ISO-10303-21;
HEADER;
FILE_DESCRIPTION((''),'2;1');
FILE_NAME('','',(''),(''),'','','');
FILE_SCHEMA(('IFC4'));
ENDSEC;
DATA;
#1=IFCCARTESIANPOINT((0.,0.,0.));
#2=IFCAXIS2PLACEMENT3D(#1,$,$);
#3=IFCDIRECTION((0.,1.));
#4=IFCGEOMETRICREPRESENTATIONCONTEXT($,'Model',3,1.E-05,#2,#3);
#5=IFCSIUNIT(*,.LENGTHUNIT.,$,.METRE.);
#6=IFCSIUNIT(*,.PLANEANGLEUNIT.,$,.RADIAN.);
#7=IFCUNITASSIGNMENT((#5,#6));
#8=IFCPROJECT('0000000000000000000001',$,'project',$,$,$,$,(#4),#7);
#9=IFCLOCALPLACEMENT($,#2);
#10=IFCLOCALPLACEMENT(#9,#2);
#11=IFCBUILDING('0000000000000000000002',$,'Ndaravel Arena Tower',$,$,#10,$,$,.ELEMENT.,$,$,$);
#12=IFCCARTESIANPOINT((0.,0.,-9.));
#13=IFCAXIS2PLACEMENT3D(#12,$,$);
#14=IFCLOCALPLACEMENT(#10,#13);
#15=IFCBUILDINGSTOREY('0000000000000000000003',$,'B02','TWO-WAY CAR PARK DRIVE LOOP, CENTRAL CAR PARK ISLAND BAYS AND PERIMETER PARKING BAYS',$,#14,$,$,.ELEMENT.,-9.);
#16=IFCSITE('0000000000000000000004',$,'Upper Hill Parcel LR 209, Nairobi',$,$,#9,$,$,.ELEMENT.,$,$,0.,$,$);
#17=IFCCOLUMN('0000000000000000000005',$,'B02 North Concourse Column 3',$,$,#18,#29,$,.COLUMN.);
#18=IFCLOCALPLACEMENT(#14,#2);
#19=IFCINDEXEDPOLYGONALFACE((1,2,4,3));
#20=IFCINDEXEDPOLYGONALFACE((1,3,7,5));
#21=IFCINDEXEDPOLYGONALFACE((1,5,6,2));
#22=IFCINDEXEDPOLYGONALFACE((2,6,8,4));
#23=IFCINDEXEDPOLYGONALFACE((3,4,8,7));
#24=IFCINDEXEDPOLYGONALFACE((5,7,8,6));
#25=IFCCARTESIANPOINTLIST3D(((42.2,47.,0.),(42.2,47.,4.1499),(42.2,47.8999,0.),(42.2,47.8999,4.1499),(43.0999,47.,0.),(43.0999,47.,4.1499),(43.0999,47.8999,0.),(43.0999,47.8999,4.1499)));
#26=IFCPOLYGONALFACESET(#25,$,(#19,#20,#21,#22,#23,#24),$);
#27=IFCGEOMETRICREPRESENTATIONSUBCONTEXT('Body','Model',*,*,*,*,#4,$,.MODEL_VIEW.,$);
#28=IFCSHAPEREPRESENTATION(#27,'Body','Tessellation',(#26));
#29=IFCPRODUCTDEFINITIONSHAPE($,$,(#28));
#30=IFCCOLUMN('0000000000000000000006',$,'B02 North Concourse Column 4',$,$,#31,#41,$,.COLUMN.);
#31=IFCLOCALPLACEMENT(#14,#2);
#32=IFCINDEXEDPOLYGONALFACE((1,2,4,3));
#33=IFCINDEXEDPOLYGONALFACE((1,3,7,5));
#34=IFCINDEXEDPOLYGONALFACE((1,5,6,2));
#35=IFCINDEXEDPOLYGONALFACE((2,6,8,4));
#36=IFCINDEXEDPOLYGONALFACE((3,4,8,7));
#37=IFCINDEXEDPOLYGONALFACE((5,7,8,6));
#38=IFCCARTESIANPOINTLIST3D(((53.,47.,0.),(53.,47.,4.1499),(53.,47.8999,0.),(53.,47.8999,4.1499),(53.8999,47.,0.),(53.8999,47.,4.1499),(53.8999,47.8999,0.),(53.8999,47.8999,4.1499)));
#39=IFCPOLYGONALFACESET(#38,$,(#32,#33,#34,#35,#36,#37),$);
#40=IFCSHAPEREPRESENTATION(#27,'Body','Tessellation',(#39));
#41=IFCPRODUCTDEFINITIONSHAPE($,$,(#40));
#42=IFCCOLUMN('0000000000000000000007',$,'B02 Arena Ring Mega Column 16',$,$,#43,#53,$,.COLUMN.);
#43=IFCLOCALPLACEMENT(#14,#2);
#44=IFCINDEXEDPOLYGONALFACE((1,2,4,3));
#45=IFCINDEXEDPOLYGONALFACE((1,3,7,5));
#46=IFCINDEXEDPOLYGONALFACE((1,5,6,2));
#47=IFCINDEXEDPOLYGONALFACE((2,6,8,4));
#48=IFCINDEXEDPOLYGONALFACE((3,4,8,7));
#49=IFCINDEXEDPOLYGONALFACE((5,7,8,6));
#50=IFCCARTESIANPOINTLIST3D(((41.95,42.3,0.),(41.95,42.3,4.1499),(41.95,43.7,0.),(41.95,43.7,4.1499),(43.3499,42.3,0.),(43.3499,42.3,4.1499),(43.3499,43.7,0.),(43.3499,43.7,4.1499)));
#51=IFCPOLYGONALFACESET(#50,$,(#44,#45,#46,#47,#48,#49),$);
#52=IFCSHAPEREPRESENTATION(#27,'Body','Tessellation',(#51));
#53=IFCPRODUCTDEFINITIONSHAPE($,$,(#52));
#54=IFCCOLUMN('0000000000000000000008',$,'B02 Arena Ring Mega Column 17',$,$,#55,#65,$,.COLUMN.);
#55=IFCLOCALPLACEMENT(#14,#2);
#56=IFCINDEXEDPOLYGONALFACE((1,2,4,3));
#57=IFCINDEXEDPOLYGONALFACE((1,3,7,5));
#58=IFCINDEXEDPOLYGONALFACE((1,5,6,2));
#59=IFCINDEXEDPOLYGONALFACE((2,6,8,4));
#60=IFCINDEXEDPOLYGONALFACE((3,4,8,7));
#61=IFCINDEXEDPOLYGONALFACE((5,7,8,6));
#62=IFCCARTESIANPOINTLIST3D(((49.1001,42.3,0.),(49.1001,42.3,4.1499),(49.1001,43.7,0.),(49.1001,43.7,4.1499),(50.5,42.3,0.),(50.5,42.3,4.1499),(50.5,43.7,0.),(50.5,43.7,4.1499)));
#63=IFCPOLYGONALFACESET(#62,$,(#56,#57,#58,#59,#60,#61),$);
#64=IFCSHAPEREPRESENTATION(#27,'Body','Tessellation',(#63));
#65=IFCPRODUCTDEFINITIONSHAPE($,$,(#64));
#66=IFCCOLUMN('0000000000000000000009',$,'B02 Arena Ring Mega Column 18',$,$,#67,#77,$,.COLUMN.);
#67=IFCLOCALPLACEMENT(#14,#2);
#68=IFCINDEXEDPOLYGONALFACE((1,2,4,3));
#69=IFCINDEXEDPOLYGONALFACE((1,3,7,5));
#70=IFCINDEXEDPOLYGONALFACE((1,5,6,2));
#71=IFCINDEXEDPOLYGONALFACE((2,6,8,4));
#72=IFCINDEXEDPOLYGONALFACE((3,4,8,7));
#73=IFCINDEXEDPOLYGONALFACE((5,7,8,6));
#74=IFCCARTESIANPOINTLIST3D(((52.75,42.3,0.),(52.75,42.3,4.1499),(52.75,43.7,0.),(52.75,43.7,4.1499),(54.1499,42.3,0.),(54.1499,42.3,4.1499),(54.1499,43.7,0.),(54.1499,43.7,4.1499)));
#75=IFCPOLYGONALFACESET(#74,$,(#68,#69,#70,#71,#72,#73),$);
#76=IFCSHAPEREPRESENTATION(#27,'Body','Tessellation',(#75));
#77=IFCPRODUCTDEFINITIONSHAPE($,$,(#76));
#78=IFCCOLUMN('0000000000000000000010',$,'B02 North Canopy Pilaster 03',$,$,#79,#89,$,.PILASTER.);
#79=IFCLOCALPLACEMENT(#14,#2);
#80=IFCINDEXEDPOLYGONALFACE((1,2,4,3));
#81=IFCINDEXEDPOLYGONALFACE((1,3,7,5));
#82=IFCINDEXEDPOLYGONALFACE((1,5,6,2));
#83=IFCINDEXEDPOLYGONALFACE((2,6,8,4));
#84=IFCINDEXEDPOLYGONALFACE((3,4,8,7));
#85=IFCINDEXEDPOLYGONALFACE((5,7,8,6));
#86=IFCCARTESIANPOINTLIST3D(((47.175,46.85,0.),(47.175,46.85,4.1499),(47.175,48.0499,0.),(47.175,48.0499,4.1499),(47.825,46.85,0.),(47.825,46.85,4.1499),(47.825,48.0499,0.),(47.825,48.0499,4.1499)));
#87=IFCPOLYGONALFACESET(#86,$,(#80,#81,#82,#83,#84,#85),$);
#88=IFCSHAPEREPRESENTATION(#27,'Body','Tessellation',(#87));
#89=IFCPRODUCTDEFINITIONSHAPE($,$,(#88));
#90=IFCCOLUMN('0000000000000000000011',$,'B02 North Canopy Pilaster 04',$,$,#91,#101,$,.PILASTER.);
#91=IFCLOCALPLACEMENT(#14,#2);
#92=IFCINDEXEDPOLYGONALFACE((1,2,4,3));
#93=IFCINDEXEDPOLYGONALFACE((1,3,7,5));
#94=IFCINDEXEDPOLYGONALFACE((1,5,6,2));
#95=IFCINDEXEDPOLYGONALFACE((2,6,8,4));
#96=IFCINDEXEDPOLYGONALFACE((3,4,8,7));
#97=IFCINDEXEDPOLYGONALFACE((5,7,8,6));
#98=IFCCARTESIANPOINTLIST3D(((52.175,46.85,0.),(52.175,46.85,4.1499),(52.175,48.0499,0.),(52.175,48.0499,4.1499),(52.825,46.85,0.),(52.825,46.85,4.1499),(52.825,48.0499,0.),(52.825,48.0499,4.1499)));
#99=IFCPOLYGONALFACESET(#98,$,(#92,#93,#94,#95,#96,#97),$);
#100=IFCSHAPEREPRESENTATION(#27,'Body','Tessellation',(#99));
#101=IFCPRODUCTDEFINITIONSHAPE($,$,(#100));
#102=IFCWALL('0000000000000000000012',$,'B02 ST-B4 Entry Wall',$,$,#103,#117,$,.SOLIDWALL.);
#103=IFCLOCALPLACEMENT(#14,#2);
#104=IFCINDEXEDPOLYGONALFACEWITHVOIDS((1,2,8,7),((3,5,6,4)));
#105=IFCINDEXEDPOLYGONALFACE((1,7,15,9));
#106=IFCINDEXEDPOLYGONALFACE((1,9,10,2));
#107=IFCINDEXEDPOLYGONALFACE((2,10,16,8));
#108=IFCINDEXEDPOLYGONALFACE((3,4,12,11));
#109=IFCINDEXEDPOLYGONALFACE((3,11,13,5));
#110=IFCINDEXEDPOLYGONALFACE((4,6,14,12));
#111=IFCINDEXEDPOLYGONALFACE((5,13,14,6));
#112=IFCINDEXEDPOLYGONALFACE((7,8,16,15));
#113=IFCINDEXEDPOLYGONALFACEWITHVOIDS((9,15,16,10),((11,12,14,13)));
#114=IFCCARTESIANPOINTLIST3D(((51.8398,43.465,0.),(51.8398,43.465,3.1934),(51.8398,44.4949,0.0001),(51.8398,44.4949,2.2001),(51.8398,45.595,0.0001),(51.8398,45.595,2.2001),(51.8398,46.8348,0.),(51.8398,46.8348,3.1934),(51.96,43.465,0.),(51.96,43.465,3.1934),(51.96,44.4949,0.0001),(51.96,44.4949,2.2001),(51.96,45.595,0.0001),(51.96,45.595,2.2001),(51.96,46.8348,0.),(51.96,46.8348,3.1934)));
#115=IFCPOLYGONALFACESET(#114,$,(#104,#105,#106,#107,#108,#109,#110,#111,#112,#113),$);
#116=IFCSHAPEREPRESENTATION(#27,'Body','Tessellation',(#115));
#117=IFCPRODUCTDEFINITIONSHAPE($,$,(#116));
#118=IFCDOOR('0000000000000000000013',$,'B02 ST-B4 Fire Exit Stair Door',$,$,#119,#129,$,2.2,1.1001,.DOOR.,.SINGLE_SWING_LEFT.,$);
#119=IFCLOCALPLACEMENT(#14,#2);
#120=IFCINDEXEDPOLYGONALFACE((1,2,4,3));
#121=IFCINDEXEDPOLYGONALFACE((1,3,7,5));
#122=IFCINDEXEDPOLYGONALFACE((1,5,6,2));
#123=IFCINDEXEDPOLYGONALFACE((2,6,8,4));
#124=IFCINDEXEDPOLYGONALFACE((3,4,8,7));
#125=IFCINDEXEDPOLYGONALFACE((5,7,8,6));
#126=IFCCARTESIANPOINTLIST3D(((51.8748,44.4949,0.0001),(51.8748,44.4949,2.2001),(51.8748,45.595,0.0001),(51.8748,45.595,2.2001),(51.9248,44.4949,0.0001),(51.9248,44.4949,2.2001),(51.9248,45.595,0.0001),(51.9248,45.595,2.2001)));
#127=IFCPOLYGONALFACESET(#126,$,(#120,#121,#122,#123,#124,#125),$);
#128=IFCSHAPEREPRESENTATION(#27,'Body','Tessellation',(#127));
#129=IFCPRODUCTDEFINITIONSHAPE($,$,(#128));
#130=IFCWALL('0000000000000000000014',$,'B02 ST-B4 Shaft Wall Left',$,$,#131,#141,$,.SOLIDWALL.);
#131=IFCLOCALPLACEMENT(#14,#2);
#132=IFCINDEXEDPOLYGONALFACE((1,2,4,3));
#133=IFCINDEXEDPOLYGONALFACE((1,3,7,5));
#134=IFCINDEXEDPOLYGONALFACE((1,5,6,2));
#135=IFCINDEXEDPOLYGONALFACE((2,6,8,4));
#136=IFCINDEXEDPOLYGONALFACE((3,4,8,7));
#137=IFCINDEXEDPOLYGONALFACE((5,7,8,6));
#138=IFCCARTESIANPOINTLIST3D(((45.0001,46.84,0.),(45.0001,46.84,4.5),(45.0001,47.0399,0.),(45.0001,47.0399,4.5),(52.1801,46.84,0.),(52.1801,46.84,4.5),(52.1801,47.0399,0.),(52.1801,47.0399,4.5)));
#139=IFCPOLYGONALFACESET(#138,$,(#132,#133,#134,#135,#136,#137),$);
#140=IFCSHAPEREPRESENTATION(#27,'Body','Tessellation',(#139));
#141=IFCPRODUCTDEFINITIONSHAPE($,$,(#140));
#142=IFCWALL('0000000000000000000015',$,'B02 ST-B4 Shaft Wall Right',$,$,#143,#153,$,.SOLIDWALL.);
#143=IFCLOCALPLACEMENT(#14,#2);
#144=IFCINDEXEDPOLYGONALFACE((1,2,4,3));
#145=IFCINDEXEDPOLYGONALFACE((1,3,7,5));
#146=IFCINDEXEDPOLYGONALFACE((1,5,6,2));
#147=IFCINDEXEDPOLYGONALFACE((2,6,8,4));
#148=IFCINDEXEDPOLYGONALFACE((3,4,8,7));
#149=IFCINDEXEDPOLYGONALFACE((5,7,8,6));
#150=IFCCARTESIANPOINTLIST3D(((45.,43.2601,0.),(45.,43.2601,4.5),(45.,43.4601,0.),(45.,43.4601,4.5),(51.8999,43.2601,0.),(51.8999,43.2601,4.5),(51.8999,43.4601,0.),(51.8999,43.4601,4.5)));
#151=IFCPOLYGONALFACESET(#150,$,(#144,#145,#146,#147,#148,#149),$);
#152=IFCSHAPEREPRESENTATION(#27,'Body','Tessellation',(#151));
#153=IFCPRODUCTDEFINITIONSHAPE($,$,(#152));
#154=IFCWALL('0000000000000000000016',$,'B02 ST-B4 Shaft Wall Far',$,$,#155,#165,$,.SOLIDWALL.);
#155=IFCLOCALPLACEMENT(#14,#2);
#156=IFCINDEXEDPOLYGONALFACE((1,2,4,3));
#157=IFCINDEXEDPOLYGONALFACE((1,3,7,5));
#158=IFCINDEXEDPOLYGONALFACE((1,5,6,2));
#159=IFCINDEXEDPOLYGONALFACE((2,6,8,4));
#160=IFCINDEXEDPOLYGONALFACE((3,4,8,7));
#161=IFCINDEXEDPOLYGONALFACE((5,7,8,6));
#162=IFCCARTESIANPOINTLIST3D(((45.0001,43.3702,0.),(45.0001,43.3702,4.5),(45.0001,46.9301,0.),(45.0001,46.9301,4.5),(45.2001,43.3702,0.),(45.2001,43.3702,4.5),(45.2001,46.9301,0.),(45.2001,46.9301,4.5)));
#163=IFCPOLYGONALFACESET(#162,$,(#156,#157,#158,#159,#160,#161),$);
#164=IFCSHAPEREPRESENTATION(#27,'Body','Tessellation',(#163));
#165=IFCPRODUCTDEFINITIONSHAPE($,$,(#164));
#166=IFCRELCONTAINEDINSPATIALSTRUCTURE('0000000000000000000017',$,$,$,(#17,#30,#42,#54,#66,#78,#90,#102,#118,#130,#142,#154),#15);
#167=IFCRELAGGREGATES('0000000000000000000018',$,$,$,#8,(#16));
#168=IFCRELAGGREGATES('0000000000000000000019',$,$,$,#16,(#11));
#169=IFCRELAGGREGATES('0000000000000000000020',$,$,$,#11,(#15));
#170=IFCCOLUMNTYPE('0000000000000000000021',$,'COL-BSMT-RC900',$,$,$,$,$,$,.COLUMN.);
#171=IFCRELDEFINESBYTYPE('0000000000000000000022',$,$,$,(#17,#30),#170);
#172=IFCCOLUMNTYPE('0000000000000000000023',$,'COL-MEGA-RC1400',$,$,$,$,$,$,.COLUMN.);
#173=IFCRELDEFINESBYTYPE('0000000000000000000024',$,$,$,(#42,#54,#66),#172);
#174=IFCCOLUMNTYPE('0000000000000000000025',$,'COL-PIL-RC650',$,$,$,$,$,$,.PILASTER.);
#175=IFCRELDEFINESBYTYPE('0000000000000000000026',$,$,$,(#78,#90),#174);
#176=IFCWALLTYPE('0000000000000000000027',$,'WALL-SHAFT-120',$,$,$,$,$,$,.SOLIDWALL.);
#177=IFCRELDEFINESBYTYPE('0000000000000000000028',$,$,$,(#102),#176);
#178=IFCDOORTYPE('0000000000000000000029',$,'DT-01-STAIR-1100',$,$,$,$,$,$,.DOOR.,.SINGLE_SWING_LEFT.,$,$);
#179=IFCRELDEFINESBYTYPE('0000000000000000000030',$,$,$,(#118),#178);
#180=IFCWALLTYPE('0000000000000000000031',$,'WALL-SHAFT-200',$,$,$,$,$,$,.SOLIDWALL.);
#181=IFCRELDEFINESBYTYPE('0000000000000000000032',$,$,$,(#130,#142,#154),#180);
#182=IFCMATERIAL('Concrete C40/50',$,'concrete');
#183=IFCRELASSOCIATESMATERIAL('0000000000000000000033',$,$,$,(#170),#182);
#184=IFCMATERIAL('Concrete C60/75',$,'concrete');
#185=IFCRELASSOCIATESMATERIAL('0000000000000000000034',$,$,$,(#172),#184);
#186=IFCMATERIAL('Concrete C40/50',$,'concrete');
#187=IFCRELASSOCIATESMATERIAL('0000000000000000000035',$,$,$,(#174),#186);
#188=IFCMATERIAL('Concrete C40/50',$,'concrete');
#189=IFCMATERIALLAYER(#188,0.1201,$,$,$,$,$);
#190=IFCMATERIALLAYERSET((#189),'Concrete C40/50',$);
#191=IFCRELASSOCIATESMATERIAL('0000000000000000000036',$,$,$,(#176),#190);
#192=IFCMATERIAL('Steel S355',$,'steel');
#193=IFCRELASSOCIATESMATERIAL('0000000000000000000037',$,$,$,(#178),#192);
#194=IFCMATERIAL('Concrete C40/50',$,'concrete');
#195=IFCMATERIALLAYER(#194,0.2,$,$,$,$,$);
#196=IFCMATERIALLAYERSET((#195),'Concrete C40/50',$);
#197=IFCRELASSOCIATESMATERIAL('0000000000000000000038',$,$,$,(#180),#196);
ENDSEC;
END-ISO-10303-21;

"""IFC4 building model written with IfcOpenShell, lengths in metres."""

from ifc_helpers import new_model, si_unit, direction, frame, frame_2d, origin, origin_2d, place, context, subcontext, project, spatial, rectangle, extrude, material, layer, layer_set, material_profile, profile_set, type_object, element, fill, save


model = new_model("IFC4")

# Units and contexts
model_context = context("Model", 3, precision=1e-05, world=origin(), true_north=direction((0.0, 1.0)))
body_context = subcontext(model_context, "Body", "Model", "MODEL_VIEW")
ifc_project = project(units=[si_unit("LENGTHUNIT", "METRE"), si_unit("PLANEANGLEUNIT", "RADIAN")], contexts=[model_context])

# Site, building, storey
site_placement = place(None, origin())
site = spatial("IfcSite", under=ifc_project, at=site_placement, Name="Upper Hill Parcel LR 209, Nairobi", CompositionType="ELEMENT", RefElevation=0.0)
building_placement = place(site_placement, origin())
building = spatial("IfcBuilding", under=site, at=building_placement, Name="Ndaravel Arena Tower", CompositionType="ELEMENT")
storey_placement = place(building_placement, frame((0.0, 0.0, -9.0)))
storey = spatial("IfcBuildingStorey", under=building, at=storey_placement, Name="B02", Description="TWO-WAY CAR PARK DRIVE LOOP, CENTRAL CAR PARK ISLAND BAYS AND PERIMETER PARKING BAYS", CompositionType="ELEMENT", Elevation=-9.0)

# Columns
ifc_material_1 = material(Name="Concrete C40/50", Category="concrete")
ifc_material_profile_1 = material_profile(ifc_material_1, rectangle(XDim=0.8999, YDim=0.8999, at=origin_2d()), Name="RC 900x900")
ifc_profile_set_1 = profile_set([ifc_material_profile_1], Name="Concrete C40/50")
column_type_1 = type_object("IfcColumnType", Name="COL-BSMT-RC900", PredefinedType="COLUMN", material=ifc_profile_set_1)
for number, where, z_axis, x_axis, name in (
    (1, (42.6499, 47.45, 0.0), (0.0, 0.0, 1.0), (1.0, 0.0, 0.0), "B02 North Concourse Column 3"),
    (2, (53.45, 47.45, 0.0), (0.0, 0.0, 1.0), (1.0, 0.0, 0.0), "B02 North Concourse Column 4"),
):
    element("IfcColumn", number, at=place(storey_placement, frame(where, z_axis=z_axis, x_axis=x_axis)), inside=storey, type_object=column_type_1, Name=name, PredefinedType="COLUMN", context=body_context, shape_type="SweptSolid", body=[
        extrude(rectangle(XDim=0.8999, YDim=0.8999, at=origin_2d()), origin(), (0.0, 0.0, 1.0), 4.1499),
    ])
ifc_material_2 = material(Name="Concrete C60/75", Category="concrete")
ifc_material_profile_2 = material_profile(ifc_material_2, rectangle(XDim=1.3999, YDim=1.3999, at=origin_2d()), Name="RC 1400x1400")
ifc_profile_set_2 = profile_set([ifc_material_profile_2], Name="Concrete C60/75")
column_type_2 = type_object("IfcColumnType", Name="COL-MEGA-RC1400", PredefinedType="COLUMN", material=ifc_profile_set_2)
for number, where, z_axis, x_axis, name in (
    (3, (42.6499, 43.0, 0.0), (0.0, 0.0, 1.0), (1.0, 0.0, 0.0), "B02 Arena Ring Mega Column 16"),
    (4, (49.8, 43.0, 0.0), (0.0, 0.0, 1.0), (1.0, 0.0, 0.0), "B02 Arena Ring Mega Column 17"),
    (5, (53.45, 43.0, 0.0), (0.0, 0.0, 1.0), (1.0, 0.0, 0.0), "B02 Arena Ring Mega Column 18"),
):
    element("IfcColumn", number, at=place(storey_placement, frame(where, z_axis=z_axis, x_axis=x_axis)), inside=storey, type_object=column_type_2, Name=name, PredefinedType="COLUMN", context=body_context, shape_type="SweptSolid", body=[
        extrude(rectangle(XDim=1.3999, YDim=1.3999, at=origin_2d()), origin(), (0.0, 0.0, 1.0), 4.1499),
    ])
ifc_material_3 = material(Name="Concrete C40/50", Category="concrete")
ifc_material_profile_3 = material_profile(ifc_material_3, rectangle(XDim=0.6499, YDim=1.2, at=origin_2d()), Name="RC 650x1200")
ifc_profile_set_3 = profile_set([ifc_material_profile_3], Name="Concrete C40/50")
column_type_3 = type_object("IfcColumnType", Name="COL-PIL-RC650", PredefinedType="PILASTER", material=ifc_profile_set_3)
for number, where, z_axis, x_axis, name in (
    (6, (47.5, 47.45, 0.0), (0.0, 0.0, 1.0), (1.0, 0.0, 0.0), "B02 North Canopy Pilaster 03"),
    (7, (52.5, 47.45, 0.0), (0.0, 0.0, 1.0), (1.0, 0.0, 0.0), "B02 North Canopy Pilaster 04"),
):
    element("IfcColumn", number, at=place(storey_placement, frame(where, z_axis=z_axis, x_axis=x_axis)), inside=storey, type_object=column_type_3, Name=name, PredefinedType="PILASTER", context=body_context, shape_type="SweptSolid", body=[
        extrude(rectangle(XDim=0.6499, YDim=1.2, at=origin_2d()), origin(), (0.0, 0.0, 1.0), 4.1499),
    ])

# Wall, opening, door
ifc_material_4 = material(Name="Concrete C40/50", Category="concrete")
ifc_layer_1 = layer(ifc_material_4, 0.1201)
ifc_layer_set_1 = layer_set([ifc_layer_1], Name="Concrete C40/50")
wall_type_1 = type_object("IfcWallType", Name="WALL-SHAFT-120", PredefinedType="SOLIDWALL", material=ifc_layer_set_1)
wall_1_placement = place(storey_placement, frame((51.8999, 46.835, 0.0), z_axis=(0.0, 0.0, 1.0), x_axis=(0.0, -1.0, 0.0)))
wall_1 = element("IfcWall", 8, at=wall_1_placement, inside=storey, type_object=wall_type_1, Name="B02 ST-B4 Entry Wall", PredefinedType="SOLIDWALL", context=body_context, shape_type="SweptSolid", body=[
    extrude(rectangle(XDim=3.3699, YDim=0.1201, at=frame_2d((1.6851, 0.0))), origin(), (0.0, 0.0, 1.0), 3.1934),
])
opening_placement = place(wall_1_placement, frame((1.24, 0.0, 0.0)))
opening = element("IfcOpeningElement", 9, at=opening_placement, cuts=wall_1, PredefinedType="OPENING", context=body_context, shape_type="SweptSolid", body=[
    extrude(rectangle(XDim=1.1001, YDim=2.2, at=frame_2d((0.55, 1.1001))), frame((0.0, 0.0601, 0.0), z_axis=(0.0, -1.0, 0.0), x_axis=(1.0, 0.0, 0.0)), (0.0, 0.0, 1.0), 0.1201),
])
ifc_material_5 = material(Name="Steel S355", Category="steel")
door_type = type_object("IfcDoorType", Name="DT-01-STAIR-1100", OperationType="SINGLE_SWING_LEFT", PredefinedType="DOOR", material=ifc_material_5)
door_placement = place(opening_placement, origin())
door = element("IfcDoor", 10, at=door_placement, inside=storey, type_object=door_type, Name="B02 ST-B4 Fire Exit Stair Door", OperationType="SINGLE_SWING_LEFT", OverallHeight=2.2, OverallWidth=1.1001, PredefinedType="DOOR", context=body_context, shape_type="SweptSolid", body=[
    extrude(rectangle(XDim=1.1001, YDim=2.2, at=frame_2d((0.55, 1.1001))), frame((0.0, 0.0249, 0.0), z_axis=(0.0, -1.0, 0.0), x_axis=(1.0, 0.0, 0.0)), (0.0, 0.0, 1.0), 0.05),
])
fill(opening, door)

# Walls
ifc_material_6 = material(Name="Concrete C40/50", Category="concrete")
ifc_layer_2 = layer(ifc_material_6, 0.2)
ifc_layer_set_2 = layer_set([ifc_layer_2], Name="Concrete C40/50")
wall_type_2 = type_object("IfcWallType", Name="WALL-SHAFT-200", PredefinedType="SOLIDWALL", material=ifc_layer_set_2)
wall_2_placement = place(storey_placement, frame((52.1799, 46.9399, 0.0), z_axis=(0.0, 0.0, 1.0), x_axis=(-1.0, 0.0, 0.0)))
element("IfcWall", 11, at=wall_2_placement, inside=storey, type_object=wall_type_2, Name="B02 ST-B4 Shaft Wall Left", PredefinedType="SOLIDWALL", context=body_context, shape_type="SweptSolid", body=[
    extrude(rectangle(XDim=7.1799, YDim=0.2, at=frame_2d((3.5898, 0.0))), origin(), (0.0, 0.0, 1.0), 4.5),
])
wall_3_placement = place(storey_placement, frame((51.8999, 43.3601, 0.0), z_axis=(0.0, 0.0, 1.0), x_axis=(-1.0, 0.0, 0.0)))
element("IfcWall", 12, at=wall_3_placement, inside=storey, type_object=wall_type_2, Name="B02 ST-B4 Shaft Wall Right", PredefinedType="SOLIDWALL", context=body_context, shape_type="SweptSolid", body=[
    extrude(rectangle(XDim=6.8999, YDim=0.2, at=frame_2d((3.45, 0.0))), origin(), (0.0, 0.0, 1.0), 4.5),
])
wall_4_placement = place(storey_placement, frame((45.1001, 46.9299, 0.0), z_axis=(0.0, 0.0, 1.0), x_axis=(0.0, -1.0, 0.0)))
element("IfcWall", 13, at=wall_4_placement, inside=storey, type_object=wall_type_2, Name="B02 ST-B4 Shaft Wall Far", PredefinedType="SOLIDWALL", context=body_context, shape_type="SweptSolid", body=[
    extrude(rectangle(XDim=3.5598, YDim=0.2, at=frame_2d((1.7798, 0.0))), origin(), (0.0, 0.0, 1.0), 4.5),
])

save(model, "model.ifc")
